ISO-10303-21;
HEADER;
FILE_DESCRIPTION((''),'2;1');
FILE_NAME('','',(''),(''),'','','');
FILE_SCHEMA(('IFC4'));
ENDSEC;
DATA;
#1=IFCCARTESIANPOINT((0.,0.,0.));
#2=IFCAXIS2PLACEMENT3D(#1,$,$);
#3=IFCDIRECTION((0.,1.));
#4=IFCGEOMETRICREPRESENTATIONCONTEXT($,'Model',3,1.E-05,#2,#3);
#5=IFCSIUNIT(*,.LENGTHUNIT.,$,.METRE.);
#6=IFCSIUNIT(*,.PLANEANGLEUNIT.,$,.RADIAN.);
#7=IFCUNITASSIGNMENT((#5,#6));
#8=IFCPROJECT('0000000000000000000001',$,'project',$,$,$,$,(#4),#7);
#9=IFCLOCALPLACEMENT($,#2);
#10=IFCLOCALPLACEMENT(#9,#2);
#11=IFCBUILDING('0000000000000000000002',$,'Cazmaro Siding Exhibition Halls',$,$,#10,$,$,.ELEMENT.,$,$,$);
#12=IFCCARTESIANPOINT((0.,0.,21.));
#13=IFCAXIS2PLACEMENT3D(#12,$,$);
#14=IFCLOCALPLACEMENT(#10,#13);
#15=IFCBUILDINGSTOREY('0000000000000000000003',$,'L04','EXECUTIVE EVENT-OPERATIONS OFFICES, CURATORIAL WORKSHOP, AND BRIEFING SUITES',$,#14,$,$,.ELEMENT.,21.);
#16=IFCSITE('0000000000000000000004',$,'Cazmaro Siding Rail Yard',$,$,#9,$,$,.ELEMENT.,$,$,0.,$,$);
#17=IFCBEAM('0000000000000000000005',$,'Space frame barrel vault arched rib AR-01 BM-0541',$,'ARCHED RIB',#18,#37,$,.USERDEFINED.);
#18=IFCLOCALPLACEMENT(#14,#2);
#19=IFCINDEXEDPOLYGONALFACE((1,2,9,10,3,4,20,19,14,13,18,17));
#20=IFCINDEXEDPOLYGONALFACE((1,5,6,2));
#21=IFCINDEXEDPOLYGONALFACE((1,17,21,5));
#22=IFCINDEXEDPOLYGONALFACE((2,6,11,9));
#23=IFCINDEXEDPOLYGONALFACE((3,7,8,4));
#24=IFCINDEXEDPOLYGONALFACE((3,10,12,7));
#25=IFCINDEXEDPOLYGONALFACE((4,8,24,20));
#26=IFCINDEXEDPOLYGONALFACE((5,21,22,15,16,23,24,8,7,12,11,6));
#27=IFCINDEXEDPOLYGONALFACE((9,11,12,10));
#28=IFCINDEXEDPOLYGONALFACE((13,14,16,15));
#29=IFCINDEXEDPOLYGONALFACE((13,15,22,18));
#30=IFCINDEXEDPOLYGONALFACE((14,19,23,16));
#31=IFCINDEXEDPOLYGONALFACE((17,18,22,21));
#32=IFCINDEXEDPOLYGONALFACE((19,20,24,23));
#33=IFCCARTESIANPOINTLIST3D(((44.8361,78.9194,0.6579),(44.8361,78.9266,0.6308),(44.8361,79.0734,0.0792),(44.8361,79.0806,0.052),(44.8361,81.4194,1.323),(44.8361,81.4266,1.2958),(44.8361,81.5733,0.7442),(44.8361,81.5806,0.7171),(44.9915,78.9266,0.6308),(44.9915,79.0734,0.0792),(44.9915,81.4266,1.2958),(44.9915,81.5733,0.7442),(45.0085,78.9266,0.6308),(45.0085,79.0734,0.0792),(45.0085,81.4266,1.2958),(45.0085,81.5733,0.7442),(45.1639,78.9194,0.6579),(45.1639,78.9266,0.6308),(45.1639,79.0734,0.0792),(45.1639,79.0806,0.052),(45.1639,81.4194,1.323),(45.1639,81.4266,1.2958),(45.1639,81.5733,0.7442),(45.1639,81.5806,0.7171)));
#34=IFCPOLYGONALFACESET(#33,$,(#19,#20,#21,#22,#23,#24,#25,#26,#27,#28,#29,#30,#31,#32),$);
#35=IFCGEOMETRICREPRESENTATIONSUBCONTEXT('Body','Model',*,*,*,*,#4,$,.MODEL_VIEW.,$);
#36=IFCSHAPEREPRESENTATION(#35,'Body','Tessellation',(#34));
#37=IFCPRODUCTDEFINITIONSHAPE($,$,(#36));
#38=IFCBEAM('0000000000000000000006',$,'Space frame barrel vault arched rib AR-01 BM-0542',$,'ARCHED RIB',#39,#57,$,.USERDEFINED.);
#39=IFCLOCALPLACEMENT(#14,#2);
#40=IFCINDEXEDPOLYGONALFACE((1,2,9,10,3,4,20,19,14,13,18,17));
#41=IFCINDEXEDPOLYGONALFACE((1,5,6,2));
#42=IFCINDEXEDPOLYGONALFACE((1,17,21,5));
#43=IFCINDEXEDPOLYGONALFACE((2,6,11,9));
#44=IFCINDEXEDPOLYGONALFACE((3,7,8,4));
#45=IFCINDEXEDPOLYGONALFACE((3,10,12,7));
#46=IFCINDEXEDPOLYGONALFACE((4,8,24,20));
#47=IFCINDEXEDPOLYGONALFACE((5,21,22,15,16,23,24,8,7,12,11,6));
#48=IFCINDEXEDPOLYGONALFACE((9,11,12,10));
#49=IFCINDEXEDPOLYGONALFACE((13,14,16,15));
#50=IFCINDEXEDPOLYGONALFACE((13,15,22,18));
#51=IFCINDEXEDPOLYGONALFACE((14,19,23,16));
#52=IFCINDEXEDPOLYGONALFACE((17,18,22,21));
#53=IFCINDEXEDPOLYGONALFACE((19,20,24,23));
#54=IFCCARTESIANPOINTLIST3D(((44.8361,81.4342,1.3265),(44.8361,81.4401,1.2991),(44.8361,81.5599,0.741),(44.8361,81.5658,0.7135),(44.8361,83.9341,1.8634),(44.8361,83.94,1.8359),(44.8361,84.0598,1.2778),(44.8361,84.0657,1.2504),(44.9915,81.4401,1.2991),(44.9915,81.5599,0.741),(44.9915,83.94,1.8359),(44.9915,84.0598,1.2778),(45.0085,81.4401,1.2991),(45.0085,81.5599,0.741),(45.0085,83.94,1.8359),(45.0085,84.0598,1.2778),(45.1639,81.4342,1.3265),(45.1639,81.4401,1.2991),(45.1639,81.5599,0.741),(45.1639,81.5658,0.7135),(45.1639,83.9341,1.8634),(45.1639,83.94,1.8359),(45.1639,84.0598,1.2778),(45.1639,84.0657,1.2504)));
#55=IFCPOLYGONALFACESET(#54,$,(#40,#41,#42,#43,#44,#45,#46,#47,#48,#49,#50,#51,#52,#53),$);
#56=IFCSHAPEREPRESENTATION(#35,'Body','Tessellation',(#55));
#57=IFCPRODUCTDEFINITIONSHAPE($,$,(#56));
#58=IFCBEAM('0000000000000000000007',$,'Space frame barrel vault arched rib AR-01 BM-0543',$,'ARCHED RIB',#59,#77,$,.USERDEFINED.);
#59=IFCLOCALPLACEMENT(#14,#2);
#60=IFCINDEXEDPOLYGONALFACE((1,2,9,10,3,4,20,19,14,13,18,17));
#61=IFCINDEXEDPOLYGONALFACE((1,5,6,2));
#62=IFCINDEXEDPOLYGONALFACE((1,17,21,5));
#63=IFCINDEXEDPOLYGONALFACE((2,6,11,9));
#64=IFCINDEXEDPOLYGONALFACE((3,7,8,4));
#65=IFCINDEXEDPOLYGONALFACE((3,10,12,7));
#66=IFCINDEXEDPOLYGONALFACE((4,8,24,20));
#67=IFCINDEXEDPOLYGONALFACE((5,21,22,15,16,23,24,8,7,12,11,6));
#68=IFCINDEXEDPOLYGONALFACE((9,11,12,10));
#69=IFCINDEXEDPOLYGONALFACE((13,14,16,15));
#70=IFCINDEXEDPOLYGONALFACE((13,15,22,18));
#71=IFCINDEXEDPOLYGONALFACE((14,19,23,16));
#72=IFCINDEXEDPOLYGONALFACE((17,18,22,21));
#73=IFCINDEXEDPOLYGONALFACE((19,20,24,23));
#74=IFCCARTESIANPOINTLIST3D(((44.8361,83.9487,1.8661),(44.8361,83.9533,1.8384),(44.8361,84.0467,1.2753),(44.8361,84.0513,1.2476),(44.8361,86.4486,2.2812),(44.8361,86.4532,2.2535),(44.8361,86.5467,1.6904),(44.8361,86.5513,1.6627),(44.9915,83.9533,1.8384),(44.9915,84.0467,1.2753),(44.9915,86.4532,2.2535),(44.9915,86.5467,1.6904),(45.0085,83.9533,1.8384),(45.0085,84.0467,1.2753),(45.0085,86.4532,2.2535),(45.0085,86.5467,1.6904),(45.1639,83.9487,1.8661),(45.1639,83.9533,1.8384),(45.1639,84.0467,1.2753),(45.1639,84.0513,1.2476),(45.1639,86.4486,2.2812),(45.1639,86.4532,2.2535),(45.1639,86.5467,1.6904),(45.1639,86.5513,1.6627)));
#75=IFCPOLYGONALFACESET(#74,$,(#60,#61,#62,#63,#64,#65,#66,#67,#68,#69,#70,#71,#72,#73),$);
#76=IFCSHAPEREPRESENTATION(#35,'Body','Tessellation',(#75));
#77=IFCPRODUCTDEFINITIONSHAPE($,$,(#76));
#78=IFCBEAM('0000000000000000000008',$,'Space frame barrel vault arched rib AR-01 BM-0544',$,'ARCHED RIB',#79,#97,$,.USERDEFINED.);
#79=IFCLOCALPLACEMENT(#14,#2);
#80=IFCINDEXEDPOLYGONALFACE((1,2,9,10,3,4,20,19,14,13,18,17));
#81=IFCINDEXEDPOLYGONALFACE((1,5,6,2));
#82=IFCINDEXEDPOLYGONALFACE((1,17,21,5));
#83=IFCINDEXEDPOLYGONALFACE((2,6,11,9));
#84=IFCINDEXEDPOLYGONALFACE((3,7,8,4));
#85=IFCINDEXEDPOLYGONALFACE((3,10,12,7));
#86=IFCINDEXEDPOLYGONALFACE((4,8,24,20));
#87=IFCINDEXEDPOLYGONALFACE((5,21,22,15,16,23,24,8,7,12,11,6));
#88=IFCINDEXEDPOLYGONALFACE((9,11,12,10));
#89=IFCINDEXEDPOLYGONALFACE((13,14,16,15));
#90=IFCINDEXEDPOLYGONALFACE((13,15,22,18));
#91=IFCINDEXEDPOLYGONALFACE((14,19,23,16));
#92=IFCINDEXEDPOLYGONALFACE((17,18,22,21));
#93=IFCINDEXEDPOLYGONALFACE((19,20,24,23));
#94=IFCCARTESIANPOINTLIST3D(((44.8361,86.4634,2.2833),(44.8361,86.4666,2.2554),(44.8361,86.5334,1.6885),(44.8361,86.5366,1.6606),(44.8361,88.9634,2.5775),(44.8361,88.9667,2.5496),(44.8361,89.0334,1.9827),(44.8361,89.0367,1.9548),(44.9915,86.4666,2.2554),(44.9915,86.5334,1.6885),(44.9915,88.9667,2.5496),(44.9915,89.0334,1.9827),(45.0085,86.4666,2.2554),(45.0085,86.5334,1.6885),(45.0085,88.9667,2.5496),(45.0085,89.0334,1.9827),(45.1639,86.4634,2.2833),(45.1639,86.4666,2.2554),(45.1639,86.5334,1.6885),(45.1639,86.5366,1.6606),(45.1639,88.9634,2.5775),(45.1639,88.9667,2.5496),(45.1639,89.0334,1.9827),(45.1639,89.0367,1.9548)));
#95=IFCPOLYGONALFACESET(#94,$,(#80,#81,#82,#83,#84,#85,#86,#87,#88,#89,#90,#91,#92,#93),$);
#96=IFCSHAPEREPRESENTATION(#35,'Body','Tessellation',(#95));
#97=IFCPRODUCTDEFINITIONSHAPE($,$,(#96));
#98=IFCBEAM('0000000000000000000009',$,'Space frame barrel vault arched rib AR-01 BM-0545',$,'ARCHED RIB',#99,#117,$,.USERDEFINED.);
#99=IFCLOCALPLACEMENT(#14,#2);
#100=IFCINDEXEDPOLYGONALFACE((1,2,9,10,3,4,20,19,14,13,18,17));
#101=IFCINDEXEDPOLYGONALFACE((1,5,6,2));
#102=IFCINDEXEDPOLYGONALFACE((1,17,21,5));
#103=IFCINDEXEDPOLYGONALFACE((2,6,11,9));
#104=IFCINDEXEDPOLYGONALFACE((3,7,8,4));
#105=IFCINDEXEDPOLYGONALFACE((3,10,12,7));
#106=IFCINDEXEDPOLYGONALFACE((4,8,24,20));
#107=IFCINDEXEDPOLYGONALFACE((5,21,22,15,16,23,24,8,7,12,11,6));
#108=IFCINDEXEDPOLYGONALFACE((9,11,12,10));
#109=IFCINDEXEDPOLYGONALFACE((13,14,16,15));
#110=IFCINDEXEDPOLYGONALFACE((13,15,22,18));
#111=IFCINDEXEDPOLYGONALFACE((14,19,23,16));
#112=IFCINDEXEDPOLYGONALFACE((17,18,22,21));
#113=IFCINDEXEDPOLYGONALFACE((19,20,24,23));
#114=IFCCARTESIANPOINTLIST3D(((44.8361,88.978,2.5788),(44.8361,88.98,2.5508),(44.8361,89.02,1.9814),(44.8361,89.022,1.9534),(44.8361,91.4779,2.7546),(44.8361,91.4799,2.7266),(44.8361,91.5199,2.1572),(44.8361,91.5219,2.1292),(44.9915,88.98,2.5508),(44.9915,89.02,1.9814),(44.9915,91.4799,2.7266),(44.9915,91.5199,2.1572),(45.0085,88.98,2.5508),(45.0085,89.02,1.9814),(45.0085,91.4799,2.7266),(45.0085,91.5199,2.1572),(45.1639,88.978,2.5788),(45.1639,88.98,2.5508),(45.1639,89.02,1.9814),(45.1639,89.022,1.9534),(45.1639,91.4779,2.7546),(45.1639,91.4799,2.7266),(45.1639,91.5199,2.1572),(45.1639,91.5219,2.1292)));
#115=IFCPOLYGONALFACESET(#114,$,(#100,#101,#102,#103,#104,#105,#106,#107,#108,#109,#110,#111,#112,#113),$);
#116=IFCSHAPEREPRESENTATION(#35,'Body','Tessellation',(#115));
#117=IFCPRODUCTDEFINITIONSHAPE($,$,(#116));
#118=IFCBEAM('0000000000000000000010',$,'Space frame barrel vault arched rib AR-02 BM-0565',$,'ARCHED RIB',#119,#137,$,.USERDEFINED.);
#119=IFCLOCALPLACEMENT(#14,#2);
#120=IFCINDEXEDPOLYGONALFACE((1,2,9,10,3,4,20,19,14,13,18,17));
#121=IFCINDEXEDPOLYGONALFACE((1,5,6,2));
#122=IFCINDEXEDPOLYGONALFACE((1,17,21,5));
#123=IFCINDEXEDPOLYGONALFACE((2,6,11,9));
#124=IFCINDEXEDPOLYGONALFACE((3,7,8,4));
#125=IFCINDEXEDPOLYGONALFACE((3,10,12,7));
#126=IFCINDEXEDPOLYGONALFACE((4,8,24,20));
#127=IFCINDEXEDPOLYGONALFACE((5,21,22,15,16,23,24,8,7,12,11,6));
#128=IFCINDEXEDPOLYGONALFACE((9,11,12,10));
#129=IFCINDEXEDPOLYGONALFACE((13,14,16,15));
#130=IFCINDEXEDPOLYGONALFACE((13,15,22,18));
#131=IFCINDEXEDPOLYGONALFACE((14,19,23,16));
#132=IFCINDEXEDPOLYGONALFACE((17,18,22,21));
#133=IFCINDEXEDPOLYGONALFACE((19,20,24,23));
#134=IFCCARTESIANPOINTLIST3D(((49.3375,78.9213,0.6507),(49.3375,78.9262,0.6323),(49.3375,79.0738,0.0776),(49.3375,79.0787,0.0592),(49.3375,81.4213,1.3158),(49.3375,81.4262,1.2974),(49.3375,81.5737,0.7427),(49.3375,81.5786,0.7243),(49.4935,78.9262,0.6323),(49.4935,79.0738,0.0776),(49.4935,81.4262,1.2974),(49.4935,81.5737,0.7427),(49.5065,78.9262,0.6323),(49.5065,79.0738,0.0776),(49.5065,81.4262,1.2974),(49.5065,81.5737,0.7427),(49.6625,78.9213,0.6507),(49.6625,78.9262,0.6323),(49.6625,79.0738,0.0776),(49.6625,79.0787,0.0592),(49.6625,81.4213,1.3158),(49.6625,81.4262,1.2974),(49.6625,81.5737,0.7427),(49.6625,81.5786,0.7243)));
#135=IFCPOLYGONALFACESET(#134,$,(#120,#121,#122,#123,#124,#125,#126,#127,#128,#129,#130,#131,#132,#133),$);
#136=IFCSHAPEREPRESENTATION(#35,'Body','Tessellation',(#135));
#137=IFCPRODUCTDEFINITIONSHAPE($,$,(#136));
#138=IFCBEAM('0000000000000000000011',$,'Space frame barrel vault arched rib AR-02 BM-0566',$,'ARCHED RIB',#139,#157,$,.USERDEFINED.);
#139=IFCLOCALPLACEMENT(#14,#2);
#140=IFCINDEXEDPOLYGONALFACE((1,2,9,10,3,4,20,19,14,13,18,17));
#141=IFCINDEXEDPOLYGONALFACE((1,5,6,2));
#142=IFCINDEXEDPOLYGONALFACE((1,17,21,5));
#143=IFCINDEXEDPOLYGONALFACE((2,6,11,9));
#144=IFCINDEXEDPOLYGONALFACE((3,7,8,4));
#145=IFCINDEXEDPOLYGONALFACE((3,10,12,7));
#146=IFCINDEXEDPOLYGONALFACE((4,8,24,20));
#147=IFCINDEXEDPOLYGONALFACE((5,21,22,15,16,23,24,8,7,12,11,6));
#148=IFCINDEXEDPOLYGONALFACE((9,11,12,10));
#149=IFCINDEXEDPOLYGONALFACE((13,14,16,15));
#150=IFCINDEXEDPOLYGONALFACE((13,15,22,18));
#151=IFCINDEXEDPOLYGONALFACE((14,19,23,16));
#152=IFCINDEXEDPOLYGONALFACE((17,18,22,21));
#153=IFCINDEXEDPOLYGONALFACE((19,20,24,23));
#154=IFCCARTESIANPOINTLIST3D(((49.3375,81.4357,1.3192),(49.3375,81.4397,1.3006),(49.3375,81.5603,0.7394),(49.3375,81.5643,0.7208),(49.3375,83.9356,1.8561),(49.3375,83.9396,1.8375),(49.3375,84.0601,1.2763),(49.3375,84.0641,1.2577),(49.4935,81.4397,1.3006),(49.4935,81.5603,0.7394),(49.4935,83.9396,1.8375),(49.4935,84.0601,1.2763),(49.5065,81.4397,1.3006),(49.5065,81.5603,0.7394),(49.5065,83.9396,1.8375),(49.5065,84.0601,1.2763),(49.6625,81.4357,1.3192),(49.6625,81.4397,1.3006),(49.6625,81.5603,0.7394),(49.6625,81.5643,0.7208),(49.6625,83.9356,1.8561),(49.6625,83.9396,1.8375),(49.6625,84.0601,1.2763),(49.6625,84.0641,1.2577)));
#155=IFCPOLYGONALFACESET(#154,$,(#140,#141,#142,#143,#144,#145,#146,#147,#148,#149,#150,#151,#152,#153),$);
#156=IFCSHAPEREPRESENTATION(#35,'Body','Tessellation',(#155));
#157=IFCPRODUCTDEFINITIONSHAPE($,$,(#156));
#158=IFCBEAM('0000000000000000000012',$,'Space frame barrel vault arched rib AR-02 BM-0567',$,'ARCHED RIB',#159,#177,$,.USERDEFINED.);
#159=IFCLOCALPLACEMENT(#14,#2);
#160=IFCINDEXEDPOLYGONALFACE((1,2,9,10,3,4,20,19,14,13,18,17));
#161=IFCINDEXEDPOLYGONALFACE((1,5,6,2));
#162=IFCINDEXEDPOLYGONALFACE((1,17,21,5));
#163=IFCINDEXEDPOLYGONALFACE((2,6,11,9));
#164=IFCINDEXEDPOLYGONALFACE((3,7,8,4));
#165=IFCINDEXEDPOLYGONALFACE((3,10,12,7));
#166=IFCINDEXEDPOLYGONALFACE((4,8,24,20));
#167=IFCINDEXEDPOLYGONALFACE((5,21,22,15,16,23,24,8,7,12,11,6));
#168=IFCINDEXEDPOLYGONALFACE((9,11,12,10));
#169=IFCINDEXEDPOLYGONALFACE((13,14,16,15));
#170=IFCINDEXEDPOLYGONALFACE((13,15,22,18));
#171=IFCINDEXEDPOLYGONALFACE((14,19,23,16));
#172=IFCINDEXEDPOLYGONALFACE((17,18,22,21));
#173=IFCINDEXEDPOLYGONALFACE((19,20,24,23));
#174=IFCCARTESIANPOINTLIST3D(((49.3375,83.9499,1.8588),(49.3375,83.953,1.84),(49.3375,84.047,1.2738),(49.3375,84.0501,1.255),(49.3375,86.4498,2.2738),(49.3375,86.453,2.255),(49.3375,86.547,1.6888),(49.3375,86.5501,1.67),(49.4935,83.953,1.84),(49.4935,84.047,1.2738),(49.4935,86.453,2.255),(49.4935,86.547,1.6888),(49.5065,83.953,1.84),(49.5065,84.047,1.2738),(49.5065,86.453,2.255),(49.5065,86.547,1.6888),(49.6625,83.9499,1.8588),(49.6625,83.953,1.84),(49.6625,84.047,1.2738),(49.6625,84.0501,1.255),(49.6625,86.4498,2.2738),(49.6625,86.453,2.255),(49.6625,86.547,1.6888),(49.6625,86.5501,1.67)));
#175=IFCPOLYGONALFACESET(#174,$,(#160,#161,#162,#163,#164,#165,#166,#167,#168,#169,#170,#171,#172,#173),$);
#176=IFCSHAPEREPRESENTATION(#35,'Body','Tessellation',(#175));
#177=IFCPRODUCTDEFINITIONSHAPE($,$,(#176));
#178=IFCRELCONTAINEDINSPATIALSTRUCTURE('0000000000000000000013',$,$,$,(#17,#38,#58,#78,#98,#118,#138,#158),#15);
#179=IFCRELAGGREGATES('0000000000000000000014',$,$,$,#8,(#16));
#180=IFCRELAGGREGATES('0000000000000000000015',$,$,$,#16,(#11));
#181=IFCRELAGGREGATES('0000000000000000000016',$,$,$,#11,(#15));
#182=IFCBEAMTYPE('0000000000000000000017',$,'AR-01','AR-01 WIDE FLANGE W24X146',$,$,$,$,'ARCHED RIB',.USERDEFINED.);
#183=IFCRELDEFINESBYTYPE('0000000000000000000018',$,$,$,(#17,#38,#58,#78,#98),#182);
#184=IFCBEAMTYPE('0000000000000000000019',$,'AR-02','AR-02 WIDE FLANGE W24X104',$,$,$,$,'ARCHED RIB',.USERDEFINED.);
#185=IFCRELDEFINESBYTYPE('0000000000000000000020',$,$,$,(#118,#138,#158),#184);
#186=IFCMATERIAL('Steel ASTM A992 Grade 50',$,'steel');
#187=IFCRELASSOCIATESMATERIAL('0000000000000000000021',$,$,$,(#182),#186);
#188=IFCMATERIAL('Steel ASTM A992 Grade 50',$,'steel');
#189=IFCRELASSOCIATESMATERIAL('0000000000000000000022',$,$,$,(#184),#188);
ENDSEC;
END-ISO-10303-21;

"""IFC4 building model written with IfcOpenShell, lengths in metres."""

from ifc_helpers import new_model, si_unit, direction, frame, origin, origin_2d, place, context, subcontext, project, spatial, i_section, extrude, material, material_profile, profile_set, type_object, element, save


model = new_model("IFC4")

# Units and contexts
model_context = context("Model", 3, precision=1e-05, world=origin(), true_north=direction((0.0, 1.0)))
body_context = subcontext(model_context, "Body", "Model", "MODEL_VIEW")
ifc_project = project(units=[si_unit("LENGTHUNIT", "METRE"), si_unit("PLANEANGLEUNIT", "RADIAN")], contexts=[model_context])

# Site, building, storey
site_placement = place(None, origin())
site = spatial("IfcSite", under=ifc_project, at=site_placement, Name="Cazmaro Siding Rail Yard", CompositionType="ELEMENT", RefElevation=0.0)
building_placement = place(site_placement, origin())
building = spatial("IfcBuilding", under=site, at=building_placement, Name="Cazmaro Siding Exhibition Halls", CompositionType="ELEMENT")
storey_placement = place(building_placement, frame((0.0, 0.0, 21.0)))
storey = spatial("IfcBuildingStorey", under=building, at=storey_placement, Name="L04", Description="EXECUTIVE EVENT-OPERATIONS OFFICES, CURATORIAL WORKSHOP, AND BRIEFING SUITES", CompositionType="ELEMENT", Elevation=21.0)

# Beams
ifc_material_1 = material(Name="Steel ASTM A992 Grade 50", Category="steel")
ifc_material_profile_1 = material_profile(ifc_material_1, i_section(OverallWidth=0.3279, OverallDepth=0.627, WebThickness=0.0171, FlangeThickness=0.0281, at=origin_2d()), Name="W24X146")
ifc_profile_set_1 = profile_set([ifc_material_profile_1], Name="Steel ASTM A992 Grade 50")
beam_type_1 = type_object("IfcBeamType", Name="AR-01", Description="AR-01 WIDE FLANGE W24X146", ElementType="ARCHED RIB", PredefinedType="USERDEFINED", material=ifc_profile_set_1)
beam_1_placement = place(storey_placement, frame((45.0, 79.0, 0.355), z_axis=(0.0, 0.966391, 0.257075), x_axis=(-1.0, 0.0, 0.0)))
element("IfcBeam", 1, at=beam_1_placement, inside=storey, type_object=beam_type_1, Name="Space frame barrel vault arched rib AR-01 BM-0541", ObjectType="ARCHED RIB", PredefinedType="USERDEFINED", context=body_context, shape_type="SweptSolid", body=[
    extrude(i_section(OverallWidth=0.3279, OverallDepth=0.627, WebThickness=0.0171, FlangeThickness=0.0281, at=origin_2d()), origin(), (0.0, 0.0, 1.0), 2.5869),
])
beam_2_placement = place(storey_placement, frame((45.0, 81.5, 1.02), z_axis=(0.0, 0.97771, 0.209959), x_axis=(-1.0, 0.0, 0.0)))
element("IfcBeam", 2, at=beam_2_placement, inside=storey, type_object=beam_type_1, Name="Space frame barrel vault arched rib AR-01 BM-0542", ObjectType="ARCHED RIB", PredefinedType="USERDEFINED", context=body_context, shape_type="SweptSolid", body=[
    extrude(i_section(OverallWidth=0.3279, OverallDepth=0.627, WebThickness=0.0171, FlangeThickness=0.0281, at=origin_2d()), origin(), (0.0, 0.0, 1.0), 2.5569),
])
beam_3_placement = place(storey_placement, frame((45.0, 84.0, 1.5569), z_axis=(0.0, 0.986498, 0.163774), x_axis=(-1.0, 0.0, 0.0)))
element("IfcBeam", 3, at=beam_3_placement, inside=storey, type_object=beam_type_1, Name="Space frame barrel vault arched rib AR-01 BM-0543", ObjectType="ARCHED RIB", PredefinedType="USERDEFINED", context=body_context, shape_type="SweptSolid", body=[
    extrude(i_section(OverallWidth=0.3279, OverallDepth=0.627, WebThickness=0.0171, FlangeThickness=0.0281, at=origin_2d()), origin(), (0.0, 0.0, 1.0), 2.5342),
])
beam_4_placement = place(storey_placement, frame((45.0, 86.5, 1.9719), z_axis=(0.0, 0.993147, 0.116869), x_axis=(-1.0, 0.0, 0.0)))
element("IfcBeam", 4, at=beam_4_placement, inside=storey, type_object=beam_type_1, Name="Space frame barrel vault arched rib AR-01 BM-0544", ObjectType="ARCHED RIB", PredefinedType="USERDEFINED", context=body_context, shape_type="SweptSolid", body=[
    extrude(i_section(OverallWidth=0.3279, OverallDepth=0.627, WebThickness=0.0171, FlangeThickness=0.0281, at=origin_2d()), origin(), (0.0, 0.0, 1.0), 2.5173),
])
beam_5_placement = place(storey_placement, frame((45.0, 89.0, 2.2661), z_axis=(0.0, 0.997537, 0.070139), x_axis=(-1.0, 0.0, 0.0)))
element("IfcBeam", 5, at=beam_5_placement, inside=storey, type_object=beam_type_1, Name="Space frame barrel vault arched rib AR-01 BM-0545", ObjectType="ARCHED RIB", PredefinedType="USERDEFINED", context=body_context, shape_type="SweptSolid", body=[
    extrude(i_section(OverallWidth=0.3279, OverallDepth=0.627, WebThickness=0.0171, FlangeThickness=0.0281, at=origin_2d()), origin(), (0.0, 0.0, 1.0), 2.5061),
])
ifc_material_2 = material(Name="Steel ASTM A992 Grade 50", Category="steel")
ifc_material_profile_2 = material_profile(ifc_material_2, i_section(OverallWidth=0.325, OverallDepth=0.6121, WebThickness=0.0129, FlangeThickness=0.019, at=origin_2d()), Name="W24X104")
ifc_profile_set_2 = profile_set([ifc_material_profile_2], Name="Steel ASTM A992 Grade 50")
beam_type_2 = type_object("IfcBeamType", Name="AR-02", Description="AR-02 WIDE FLANGE W24X104", ElementType="ARCHED RIB", PredefinedType="USERDEFINED", material=ifc_profile_set_2)
beam_6_placement = place(storey_placement, frame((49.5, 79.0, 0.355), z_axis=(0.0, 0.966391, 0.257075), x_axis=(-1.0, 0.0, 0.0)))
element("IfcBeam", 6, at=beam_6_placement, inside=storey, type_object=beam_type_2, Name="Space frame barrel vault arched rib AR-02 BM-0565", ObjectType="ARCHED RIB", PredefinedType="USERDEFINED", context=body_context, shape_type="SweptSolid", body=[
    extrude(i_section(OverallWidth=0.325, OverallDepth=0.6121, WebThickness=0.0129, FlangeThickness=0.019, at=origin_2d()), origin(), (0.0, 0.0, 1.0), 2.5869),
])
beam_7_placement = place(storey_placement, frame((49.5, 81.5, 1.02), z_axis=(0.0, 0.97771, 0.209959), x_axis=(-1.0, 0.0, 0.0)))
element("IfcBeam", 7, at=beam_7_placement, inside=storey, type_object=beam_type_2, Name="Space frame barrel vault arched rib AR-02 BM-0566", ObjectType="ARCHED RIB", PredefinedType="USERDEFINED", context=body_context, shape_type="SweptSolid", body=[
    extrude(i_section(OverallWidth=0.325, OverallDepth=0.6121, WebThickness=0.0129, FlangeThickness=0.019, at=origin_2d()), origin(), (0.0, 0.0, 1.0), 2.5569),
])
beam_8_placement = place(storey_placement, frame((49.5, 84.0, 1.5569), z_axis=(0.0, 0.986498, 0.163774), x_axis=(-1.0, 0.0, 0.0)))
element("IfcBeam", 8, at=beam_8_placement, inside=storey, type_object=beam_type_2, Name="Space frame barrel vault arched rib AR-02 BM-0567", ObjectType="ARCHED RIB", PredefinedType="USERDEFINED", context=body_context, shape_type="SweptSolid", body=[
    extrude(i_section(OverallWidth=0.325, OverallDepth=0.6121, WebThickness=0.0129, FlangeThickness=0.019, at=origin_2d()), origin(), (0.0, 0.0, 1.0), 2.5342),
])

save(model, "model.ifc")
